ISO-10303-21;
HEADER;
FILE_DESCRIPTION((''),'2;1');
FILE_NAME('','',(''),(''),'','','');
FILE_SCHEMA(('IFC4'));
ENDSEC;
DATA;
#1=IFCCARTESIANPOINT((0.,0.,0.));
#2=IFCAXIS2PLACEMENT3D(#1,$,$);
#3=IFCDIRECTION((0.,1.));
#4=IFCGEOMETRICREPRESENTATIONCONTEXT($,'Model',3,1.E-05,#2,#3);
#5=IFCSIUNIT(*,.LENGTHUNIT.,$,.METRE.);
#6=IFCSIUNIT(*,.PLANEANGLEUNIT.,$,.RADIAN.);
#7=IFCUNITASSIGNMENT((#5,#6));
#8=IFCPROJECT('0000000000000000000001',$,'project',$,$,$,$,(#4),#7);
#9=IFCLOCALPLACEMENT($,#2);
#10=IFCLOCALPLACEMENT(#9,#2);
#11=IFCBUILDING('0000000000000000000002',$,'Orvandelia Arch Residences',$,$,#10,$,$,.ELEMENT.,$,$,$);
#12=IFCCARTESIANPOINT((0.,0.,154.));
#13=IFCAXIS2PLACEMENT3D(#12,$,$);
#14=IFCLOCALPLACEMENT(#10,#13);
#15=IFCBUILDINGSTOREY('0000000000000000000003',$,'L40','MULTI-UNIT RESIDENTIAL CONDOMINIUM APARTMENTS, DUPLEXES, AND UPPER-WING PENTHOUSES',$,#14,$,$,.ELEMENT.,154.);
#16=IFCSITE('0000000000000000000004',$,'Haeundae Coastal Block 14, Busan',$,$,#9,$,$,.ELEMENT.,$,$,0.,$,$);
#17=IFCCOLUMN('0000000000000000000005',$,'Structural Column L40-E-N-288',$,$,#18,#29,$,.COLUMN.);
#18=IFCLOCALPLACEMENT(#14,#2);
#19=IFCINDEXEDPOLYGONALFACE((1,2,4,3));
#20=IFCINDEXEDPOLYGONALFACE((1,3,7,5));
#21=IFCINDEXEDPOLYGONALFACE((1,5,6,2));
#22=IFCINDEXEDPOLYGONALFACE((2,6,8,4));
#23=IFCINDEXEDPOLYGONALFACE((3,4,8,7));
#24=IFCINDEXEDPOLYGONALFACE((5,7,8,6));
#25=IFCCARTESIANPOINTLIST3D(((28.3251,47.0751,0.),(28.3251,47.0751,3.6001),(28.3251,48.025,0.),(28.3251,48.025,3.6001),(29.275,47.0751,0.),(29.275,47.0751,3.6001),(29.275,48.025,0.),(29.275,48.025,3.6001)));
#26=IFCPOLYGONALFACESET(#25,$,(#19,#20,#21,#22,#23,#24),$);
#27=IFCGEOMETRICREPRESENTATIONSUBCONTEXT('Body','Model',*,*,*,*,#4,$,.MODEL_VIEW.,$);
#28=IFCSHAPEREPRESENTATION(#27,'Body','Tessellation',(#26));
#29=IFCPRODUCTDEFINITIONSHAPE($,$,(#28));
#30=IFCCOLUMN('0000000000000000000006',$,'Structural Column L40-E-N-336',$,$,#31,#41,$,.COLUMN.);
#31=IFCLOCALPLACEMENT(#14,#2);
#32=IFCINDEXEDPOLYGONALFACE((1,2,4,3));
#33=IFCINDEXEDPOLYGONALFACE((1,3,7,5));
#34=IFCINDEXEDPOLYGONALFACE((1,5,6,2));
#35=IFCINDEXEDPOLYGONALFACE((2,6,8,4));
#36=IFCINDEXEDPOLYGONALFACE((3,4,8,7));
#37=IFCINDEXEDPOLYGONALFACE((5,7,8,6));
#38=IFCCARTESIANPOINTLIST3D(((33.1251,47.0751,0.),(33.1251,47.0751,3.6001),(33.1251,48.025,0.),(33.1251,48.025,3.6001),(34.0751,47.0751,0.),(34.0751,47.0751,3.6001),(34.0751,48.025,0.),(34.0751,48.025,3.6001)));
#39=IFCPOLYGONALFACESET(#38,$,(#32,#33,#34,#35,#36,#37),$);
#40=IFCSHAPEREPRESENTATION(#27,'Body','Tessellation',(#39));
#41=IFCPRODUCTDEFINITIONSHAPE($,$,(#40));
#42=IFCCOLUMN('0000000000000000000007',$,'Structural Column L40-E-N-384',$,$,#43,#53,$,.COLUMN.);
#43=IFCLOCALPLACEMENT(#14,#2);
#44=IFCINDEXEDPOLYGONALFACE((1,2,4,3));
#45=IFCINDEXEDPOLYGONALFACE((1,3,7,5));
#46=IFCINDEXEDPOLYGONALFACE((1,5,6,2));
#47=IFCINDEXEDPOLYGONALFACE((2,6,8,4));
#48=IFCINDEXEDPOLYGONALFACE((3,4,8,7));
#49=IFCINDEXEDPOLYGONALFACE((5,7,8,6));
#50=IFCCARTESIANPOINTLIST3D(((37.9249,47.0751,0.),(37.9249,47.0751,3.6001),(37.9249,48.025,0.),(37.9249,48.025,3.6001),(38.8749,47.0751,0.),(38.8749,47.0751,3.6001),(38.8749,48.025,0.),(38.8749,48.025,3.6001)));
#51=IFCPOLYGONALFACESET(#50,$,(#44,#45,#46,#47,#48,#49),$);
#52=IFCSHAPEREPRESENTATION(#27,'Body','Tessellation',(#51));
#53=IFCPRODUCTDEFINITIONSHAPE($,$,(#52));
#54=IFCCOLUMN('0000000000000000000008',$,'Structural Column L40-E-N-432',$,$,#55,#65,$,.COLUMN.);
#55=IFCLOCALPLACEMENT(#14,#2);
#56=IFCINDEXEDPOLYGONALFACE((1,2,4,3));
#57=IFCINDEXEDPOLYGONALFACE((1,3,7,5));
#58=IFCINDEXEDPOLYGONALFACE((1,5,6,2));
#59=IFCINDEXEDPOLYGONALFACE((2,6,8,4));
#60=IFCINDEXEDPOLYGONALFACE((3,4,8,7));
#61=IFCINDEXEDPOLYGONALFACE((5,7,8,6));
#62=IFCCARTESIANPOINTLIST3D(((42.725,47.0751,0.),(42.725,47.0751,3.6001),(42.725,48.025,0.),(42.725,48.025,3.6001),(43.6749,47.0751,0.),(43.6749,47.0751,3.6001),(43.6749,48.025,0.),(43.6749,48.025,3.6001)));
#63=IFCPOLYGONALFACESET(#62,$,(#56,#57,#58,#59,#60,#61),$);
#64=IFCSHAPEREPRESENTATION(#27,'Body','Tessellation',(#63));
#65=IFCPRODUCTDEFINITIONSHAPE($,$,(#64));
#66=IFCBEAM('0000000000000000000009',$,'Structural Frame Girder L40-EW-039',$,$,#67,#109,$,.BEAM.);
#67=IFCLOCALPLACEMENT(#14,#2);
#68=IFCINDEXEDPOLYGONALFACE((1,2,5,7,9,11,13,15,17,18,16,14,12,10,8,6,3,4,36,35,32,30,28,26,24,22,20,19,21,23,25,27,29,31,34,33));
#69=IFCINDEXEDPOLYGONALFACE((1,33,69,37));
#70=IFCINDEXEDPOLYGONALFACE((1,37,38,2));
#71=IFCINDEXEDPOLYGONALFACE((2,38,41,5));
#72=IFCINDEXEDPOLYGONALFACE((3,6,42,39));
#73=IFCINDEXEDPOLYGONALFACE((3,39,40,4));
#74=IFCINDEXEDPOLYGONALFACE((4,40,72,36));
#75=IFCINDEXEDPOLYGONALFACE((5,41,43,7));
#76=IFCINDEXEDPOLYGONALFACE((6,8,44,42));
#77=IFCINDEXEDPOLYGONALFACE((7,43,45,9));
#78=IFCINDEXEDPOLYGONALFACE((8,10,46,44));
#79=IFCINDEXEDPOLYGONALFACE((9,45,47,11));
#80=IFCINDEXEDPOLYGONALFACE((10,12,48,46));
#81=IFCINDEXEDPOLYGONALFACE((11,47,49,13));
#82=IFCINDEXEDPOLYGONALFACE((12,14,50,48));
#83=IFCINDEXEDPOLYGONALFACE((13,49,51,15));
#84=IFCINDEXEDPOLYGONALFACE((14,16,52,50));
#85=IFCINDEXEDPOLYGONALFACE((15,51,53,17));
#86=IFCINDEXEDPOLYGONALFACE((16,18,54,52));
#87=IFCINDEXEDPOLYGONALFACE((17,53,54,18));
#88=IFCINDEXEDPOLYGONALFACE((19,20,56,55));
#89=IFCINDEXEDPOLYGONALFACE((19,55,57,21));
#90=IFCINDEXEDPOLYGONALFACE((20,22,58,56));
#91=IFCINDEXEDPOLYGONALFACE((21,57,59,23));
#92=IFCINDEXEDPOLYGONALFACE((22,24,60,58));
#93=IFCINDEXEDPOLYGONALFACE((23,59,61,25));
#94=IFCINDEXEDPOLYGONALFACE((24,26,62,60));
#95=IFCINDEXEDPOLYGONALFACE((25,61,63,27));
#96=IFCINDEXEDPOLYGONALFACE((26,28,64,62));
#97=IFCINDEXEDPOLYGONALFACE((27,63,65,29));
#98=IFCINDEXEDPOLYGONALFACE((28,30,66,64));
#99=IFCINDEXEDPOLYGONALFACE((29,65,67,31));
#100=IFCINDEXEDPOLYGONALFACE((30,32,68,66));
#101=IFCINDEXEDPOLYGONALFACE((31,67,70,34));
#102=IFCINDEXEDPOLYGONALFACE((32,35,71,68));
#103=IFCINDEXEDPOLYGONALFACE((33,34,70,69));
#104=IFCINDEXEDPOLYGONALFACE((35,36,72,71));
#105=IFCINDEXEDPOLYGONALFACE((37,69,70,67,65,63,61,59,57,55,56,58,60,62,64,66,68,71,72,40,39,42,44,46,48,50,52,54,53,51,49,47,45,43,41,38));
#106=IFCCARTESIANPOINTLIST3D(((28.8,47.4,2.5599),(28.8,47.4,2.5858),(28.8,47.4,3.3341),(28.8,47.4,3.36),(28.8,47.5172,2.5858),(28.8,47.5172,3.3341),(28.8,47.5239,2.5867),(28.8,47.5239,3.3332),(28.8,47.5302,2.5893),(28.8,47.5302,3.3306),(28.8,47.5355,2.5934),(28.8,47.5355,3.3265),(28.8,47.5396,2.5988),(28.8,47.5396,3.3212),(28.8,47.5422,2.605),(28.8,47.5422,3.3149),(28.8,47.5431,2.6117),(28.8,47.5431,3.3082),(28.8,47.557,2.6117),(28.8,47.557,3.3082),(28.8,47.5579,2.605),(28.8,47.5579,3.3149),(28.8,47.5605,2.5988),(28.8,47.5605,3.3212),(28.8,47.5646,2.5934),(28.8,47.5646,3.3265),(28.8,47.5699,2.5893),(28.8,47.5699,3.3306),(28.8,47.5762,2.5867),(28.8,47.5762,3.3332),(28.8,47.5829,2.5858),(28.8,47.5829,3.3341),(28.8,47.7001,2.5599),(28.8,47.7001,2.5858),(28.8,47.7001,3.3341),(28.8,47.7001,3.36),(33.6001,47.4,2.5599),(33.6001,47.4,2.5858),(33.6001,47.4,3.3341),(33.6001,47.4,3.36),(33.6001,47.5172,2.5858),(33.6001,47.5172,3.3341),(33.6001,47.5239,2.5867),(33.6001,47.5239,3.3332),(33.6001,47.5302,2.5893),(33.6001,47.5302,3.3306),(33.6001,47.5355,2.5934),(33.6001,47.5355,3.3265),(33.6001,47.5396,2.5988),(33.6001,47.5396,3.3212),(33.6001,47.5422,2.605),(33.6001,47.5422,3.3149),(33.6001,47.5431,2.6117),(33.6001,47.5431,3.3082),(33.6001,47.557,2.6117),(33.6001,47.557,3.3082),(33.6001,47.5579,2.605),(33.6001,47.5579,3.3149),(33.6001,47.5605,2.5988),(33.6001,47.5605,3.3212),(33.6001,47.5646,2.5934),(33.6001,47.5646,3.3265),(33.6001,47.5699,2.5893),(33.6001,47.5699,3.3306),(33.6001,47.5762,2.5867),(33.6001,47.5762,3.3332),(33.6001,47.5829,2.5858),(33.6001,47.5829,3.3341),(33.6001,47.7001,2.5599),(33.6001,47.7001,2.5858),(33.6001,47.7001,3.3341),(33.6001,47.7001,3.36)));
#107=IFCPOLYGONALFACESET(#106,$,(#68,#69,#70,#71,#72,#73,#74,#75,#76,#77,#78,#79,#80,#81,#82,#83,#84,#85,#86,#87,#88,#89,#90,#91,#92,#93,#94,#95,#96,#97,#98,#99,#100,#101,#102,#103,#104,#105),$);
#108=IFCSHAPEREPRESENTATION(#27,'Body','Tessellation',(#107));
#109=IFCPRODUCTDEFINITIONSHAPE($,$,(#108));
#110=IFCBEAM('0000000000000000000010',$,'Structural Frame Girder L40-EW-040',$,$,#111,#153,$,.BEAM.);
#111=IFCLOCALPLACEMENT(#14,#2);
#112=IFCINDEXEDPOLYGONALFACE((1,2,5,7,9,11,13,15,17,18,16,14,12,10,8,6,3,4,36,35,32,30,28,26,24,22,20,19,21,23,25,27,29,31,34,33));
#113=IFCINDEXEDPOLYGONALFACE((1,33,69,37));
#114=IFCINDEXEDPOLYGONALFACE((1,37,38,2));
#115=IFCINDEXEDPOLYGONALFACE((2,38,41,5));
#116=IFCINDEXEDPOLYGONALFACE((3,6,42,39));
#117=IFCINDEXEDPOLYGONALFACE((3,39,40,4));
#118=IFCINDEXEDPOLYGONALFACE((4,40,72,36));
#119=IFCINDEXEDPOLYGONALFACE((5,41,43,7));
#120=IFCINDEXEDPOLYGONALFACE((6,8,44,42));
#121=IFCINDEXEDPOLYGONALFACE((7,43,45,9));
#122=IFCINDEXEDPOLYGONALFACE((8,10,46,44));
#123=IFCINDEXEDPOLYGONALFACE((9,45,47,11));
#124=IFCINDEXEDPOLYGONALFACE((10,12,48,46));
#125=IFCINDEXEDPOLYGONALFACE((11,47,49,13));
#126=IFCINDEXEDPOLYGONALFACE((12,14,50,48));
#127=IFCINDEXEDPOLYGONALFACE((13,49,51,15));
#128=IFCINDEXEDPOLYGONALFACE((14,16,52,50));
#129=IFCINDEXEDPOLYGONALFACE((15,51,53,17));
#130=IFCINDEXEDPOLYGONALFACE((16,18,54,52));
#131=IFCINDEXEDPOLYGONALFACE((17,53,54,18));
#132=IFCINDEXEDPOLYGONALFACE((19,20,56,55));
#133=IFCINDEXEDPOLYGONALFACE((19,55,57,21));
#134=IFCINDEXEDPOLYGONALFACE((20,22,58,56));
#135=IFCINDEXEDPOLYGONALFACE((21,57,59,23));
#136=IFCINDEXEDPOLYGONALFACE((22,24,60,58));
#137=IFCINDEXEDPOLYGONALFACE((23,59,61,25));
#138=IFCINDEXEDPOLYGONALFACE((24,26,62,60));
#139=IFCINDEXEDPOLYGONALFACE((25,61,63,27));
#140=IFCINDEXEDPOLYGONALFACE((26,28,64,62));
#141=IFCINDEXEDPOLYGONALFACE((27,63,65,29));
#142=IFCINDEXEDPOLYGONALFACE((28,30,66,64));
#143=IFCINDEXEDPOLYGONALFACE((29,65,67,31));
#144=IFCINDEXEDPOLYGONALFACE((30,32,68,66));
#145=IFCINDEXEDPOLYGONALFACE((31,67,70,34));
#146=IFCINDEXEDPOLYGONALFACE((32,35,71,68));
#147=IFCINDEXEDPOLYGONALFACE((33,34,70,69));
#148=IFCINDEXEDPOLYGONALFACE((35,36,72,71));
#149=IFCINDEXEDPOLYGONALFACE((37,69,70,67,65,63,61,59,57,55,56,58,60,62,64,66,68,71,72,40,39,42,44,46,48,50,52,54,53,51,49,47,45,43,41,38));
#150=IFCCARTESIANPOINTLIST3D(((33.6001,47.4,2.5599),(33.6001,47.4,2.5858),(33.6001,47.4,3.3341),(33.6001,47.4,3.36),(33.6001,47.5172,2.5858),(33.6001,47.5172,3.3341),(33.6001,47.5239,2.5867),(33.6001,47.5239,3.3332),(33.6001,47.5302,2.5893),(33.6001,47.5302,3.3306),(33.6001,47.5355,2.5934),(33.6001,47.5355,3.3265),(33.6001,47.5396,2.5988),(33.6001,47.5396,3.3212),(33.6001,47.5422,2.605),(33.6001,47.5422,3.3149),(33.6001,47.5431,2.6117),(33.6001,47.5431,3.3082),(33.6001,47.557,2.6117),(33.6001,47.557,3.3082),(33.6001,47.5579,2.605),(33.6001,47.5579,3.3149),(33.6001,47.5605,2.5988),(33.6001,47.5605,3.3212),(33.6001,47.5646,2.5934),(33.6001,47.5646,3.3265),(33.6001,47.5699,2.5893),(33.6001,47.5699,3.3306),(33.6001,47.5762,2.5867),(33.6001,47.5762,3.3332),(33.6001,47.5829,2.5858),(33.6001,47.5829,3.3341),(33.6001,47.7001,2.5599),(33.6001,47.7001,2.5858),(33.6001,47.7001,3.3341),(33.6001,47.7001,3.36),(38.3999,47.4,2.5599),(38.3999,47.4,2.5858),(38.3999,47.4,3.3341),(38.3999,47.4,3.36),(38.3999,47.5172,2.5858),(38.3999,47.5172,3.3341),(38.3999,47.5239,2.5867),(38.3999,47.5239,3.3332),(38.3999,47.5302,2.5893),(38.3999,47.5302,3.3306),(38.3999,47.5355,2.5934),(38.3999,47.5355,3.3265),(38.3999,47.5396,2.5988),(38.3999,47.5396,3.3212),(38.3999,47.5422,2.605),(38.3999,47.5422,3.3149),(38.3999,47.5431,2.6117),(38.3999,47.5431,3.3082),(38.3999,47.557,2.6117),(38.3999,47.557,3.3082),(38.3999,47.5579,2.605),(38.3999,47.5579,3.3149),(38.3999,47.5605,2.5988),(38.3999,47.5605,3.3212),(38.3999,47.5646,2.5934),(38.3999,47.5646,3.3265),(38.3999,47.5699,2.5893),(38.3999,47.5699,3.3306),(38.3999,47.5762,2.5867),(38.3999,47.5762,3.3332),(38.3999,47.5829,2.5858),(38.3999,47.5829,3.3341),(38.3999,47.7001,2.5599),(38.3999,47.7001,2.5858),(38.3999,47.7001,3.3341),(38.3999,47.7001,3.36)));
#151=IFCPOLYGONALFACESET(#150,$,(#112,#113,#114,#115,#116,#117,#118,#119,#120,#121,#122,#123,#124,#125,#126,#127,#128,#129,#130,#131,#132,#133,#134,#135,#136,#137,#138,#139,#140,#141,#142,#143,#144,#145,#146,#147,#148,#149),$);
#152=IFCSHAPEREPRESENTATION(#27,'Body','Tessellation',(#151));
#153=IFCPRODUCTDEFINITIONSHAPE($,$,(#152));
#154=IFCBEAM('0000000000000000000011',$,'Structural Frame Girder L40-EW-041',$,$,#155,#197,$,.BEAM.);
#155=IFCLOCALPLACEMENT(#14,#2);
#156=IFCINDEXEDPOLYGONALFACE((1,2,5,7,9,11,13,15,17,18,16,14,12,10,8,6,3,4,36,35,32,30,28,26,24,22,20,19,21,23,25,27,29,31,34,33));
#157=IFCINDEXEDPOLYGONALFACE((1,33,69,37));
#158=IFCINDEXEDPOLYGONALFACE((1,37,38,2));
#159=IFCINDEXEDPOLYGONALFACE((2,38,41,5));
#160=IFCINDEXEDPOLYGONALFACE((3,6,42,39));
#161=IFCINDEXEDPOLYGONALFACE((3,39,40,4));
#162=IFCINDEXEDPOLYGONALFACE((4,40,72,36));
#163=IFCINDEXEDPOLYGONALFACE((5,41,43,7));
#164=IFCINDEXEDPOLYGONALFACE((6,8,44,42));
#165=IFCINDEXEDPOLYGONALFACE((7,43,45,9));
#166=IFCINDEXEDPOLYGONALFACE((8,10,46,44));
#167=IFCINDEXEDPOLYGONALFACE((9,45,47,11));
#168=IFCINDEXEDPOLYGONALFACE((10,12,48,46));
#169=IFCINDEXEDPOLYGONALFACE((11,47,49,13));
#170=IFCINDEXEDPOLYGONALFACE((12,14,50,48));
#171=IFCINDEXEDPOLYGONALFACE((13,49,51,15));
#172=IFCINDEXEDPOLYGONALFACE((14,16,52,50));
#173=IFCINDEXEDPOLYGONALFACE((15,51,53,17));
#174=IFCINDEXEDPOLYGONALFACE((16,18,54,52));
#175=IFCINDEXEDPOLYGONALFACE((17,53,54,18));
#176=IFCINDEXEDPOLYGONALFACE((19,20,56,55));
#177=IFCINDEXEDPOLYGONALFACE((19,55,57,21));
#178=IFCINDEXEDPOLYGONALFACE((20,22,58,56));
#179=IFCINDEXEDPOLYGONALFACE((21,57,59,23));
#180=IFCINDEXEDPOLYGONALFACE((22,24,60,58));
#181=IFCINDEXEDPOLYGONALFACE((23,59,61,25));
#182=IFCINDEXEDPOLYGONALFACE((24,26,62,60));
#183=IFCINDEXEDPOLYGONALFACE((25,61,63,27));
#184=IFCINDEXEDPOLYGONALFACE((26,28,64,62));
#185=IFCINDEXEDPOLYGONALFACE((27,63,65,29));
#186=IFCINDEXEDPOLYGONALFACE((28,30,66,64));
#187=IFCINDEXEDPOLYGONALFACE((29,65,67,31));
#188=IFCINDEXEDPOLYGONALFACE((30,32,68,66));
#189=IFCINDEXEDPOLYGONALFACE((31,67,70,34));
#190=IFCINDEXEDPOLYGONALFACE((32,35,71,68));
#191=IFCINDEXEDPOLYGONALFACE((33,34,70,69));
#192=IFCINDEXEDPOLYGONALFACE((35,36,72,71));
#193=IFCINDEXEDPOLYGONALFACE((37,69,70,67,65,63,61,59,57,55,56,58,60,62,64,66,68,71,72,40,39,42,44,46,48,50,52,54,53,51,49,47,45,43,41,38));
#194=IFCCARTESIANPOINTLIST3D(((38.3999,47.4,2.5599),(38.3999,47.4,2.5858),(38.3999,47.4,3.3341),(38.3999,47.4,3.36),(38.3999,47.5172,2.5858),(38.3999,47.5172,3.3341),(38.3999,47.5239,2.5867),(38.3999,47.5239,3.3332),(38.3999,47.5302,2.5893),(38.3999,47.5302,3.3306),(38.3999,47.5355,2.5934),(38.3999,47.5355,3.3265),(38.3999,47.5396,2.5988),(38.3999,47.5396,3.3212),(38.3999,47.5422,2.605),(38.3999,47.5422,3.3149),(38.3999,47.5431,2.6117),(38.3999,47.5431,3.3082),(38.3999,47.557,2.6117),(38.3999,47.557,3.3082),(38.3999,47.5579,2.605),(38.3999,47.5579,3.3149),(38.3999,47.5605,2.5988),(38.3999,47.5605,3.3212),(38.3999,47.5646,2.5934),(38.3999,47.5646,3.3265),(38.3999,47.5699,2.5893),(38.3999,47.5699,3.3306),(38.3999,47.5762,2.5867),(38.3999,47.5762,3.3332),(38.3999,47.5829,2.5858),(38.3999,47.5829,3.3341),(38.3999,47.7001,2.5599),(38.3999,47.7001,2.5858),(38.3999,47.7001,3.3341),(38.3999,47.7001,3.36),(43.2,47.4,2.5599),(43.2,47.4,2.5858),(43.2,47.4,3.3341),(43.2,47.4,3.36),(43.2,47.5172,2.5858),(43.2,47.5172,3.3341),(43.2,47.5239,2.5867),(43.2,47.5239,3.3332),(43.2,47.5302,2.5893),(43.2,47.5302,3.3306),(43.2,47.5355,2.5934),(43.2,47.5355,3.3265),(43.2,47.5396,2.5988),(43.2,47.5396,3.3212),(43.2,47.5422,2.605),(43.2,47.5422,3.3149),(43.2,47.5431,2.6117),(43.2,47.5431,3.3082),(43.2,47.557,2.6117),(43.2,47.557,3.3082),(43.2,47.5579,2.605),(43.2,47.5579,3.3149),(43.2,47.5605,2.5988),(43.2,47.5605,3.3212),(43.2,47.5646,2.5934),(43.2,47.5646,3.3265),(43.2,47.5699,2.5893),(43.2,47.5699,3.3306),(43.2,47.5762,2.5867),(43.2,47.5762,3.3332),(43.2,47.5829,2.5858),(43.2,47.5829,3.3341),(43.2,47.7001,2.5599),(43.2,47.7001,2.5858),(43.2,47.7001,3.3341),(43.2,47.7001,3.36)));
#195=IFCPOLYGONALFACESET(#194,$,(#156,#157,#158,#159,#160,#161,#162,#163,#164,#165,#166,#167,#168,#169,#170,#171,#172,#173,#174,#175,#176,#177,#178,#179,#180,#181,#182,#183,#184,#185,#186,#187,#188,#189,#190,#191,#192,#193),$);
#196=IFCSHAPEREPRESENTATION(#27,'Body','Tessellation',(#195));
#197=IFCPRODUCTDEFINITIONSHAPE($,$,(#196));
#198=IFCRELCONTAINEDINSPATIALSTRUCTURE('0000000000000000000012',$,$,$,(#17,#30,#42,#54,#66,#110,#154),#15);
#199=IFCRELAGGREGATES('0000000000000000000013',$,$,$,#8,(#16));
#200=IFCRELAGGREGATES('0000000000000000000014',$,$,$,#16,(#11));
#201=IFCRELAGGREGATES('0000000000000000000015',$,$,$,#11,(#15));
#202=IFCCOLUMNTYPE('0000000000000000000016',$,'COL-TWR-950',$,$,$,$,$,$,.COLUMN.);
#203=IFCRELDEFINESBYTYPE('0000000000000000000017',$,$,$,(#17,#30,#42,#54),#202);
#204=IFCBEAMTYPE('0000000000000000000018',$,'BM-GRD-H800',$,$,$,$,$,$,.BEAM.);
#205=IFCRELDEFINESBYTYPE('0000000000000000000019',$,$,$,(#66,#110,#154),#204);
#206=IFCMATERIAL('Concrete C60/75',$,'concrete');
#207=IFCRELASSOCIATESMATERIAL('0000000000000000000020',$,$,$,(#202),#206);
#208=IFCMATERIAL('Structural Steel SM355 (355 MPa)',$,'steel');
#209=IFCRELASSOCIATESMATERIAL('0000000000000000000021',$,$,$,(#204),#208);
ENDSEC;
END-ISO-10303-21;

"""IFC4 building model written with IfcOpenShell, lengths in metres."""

from ifc_helpers import new_model, si_unit, direction, frame, origin, origin_2d, place, context, subcontext, project, spatial, rectangle, i_section, extrude, material, material_profile, profile_set, type_object, element, save


model = new_model("IFC4")

# Units and contexts
model_context = context("Model", 3, precision=1e-05, world=origin(), true_north=direction((0.0, 1.0)))
body_context = subcontext(model_context, "Body", "Model", "MODEL_VIEW")
ifc_project = project(units=[si_unit("LENGTHUNIT", "METRE"), si_unit("PLANEANGLEUNIT", "RADIAN")], contexts=[model_context])

# Site, building, storey
site_placement = place(None, origin())
site = spatial("IfcSite", under=ifc_project, at=site_placement, Name="Haeundae Coastal Block 14, Busan", CompositionType="ELEMENT", RefElevation=0.0)
building_placement = place(site_placement, origin())
building = spatial("IfcBuilding", under=site, at=building_placement, Name="Orvandelia Arch Residences", CompositionType="ELEMENT")
storey_placement = place(building_placement, frame((0.0, 0.0, 154.0)))
storey = spatial("IfcBuildingStorey", under=building, at=storey_placement, Name="L40", Description="MULTI-UNIT RESIDENTIAL CONDOMINIUM APARTMENTS, DUPLEXES, AND UPPER-WING PENTHOUSES", CompositionType="ELEMENT", Elevation=154.0)

# Columns
ifc_material_1 = material(Name="Concrete C60/75", Category="concrete")
ifc_material_profile_1 = material_profile(ifc_material_1, rectangle(XDim=0.95, YDim=0.95, at=origin_2d()), Name="Concrete C60/75", Category="concrete")
ifc_profile_set_1 = profile_set([ifc_material_profile_1], Name="Concrete C60/75")
column_type = type_object("IfcColumnType", Name="COL-TWR-950", PredefinedType="COLUMN", material=ifc_profile_set_1)
for number, where, z_axis, x_axis, name in (
    (1, (28.8, 47.55, 0.0), (0.0, 0.0, 1.0), (1.0, 0.0, 0.0), "Structural Column L40-E-N-288"),
    (2, (33.6001, 47.55, 0.0), (0.0, 0.0, 1.0), (1.0, 0.0, 0.0), "Structural Column L40-E-N-336"),
    (3, (38.3999, 47.55, 0.0), (0.0, 0.0, 1.0), (1.0, 0.0, 0.0), "Structural Column L40-E-N-384"),
    (4, (43.2, 47.55, 0.0), (0.0, 0.0, 1.0), (1.0, 0.0, 0.0), "Structural Column L40-E-N-432"),
):
    element("IfcColumn", number, at=place(storey_placement, frame(where, z_axis=z_axis, x_axis=x_axis)), inside=storey, type_object=column_type, Name=name, PredefinedType="COLUMN", context=body_context, shape_type="SweptSolid", body=[
        extrude(rectangle(XDim=0.95, YDim=0.95, at=origin_2d()), origin(), (0.0, 0.0, 1.0), 3.6001),
    ])

# Beams
ifc_material_2 = material(Name="Structural Steel SM355 (355 MPa)", Category="steel")
ifc_material_profile_2 = material_profile(ifc_material_2, i_section(OverallWidth=0.3, OverallDepth=0.8, WebThickness=0.0139, FlangeThickness=0.0259, FilletRadius=0.0259, at=origin_2d()), Name="Structural Steel SM355 (355 MPa)", Category="steel")
ifc_profile_set_2 = profile_set([ifc_material_profile_2], Name="Structural Steel SM355 (355 MPa)")
beam_type = type_object("IfcBeamType", Name="BM-GRD-H800", PredefinedType="BEAM", material=ifc_profile_set_2)
beam_1_placement = place(storey_placement, frame((28.8, 47.55, 2.96), z_axis=(1.0, 0.0, 0.0), x_axis=(0.0, 1.0, 0.0)))
element("IfcBeam", 5, at=beam_1_placement, inside=storey, type_object=beam_type, Name="Structural Frame Girder L40-EW-039", PredefinedType="BEAM", context=body_context, shape_type="SweptSolid", body=[
    extrude(i_section(OverallWidth=0.3, OverallDepth=0.8, WebThickness=0.0139, FlangeThickness=0.0259, FilletRadius=0.0259, at=origin_2d()), origin(), (0.0, 0.0, 1.0), 4.8),
])
beam_2_placement = place(storey_placement, frame((33.6001, 47.55, 2.96), z_axis=(1.0, 0.0, 0.0), x_axis=(0.0, 1.0, 0.0)))
element("IfcBeam", 6, at=beam_2_placement, inside=storey, type_object=beam_type, Name="Structural Frame Girder L40-EW-040", PredefinedType="BEAM", context=body_context, shape_type="SweptSolid", body=[
    extrude(i_section(OverallWidth=0.3, OverallDepth=0.8, WebThickness=0.0139, FlangeThickness=0.0259, FilletRadius=0.0259, at=origin_2d()), origin(), (0.0, 0.0, 1.0), 4.7998),
])
beam_3_placement = place(storey_placement, frame((38.3999, 47.55, 2.96), z_axis=(1.0, 0.0, 0.0), x_axis=(0.0, 1.0, 0.0)))
element("IfcBeam", 7, at=beam_3_placement, inside=storey, type_object=beam_type, Name="Structural Frame Girder L40-EW-041", PredefinedType="BEAM", context=body_context, shape_type="SweptSolid", body=[
    extrude(i_section(OverallWidth=0.3, OverallDepth=0.8, WebThickness=0.0139, FlangeThickness=0.0259, FilletRadius=0.0259, at=origin_2d()), origin(), (0.0, 0.0, 1.0), 4.8),
])

save(model, "model.ifc")
